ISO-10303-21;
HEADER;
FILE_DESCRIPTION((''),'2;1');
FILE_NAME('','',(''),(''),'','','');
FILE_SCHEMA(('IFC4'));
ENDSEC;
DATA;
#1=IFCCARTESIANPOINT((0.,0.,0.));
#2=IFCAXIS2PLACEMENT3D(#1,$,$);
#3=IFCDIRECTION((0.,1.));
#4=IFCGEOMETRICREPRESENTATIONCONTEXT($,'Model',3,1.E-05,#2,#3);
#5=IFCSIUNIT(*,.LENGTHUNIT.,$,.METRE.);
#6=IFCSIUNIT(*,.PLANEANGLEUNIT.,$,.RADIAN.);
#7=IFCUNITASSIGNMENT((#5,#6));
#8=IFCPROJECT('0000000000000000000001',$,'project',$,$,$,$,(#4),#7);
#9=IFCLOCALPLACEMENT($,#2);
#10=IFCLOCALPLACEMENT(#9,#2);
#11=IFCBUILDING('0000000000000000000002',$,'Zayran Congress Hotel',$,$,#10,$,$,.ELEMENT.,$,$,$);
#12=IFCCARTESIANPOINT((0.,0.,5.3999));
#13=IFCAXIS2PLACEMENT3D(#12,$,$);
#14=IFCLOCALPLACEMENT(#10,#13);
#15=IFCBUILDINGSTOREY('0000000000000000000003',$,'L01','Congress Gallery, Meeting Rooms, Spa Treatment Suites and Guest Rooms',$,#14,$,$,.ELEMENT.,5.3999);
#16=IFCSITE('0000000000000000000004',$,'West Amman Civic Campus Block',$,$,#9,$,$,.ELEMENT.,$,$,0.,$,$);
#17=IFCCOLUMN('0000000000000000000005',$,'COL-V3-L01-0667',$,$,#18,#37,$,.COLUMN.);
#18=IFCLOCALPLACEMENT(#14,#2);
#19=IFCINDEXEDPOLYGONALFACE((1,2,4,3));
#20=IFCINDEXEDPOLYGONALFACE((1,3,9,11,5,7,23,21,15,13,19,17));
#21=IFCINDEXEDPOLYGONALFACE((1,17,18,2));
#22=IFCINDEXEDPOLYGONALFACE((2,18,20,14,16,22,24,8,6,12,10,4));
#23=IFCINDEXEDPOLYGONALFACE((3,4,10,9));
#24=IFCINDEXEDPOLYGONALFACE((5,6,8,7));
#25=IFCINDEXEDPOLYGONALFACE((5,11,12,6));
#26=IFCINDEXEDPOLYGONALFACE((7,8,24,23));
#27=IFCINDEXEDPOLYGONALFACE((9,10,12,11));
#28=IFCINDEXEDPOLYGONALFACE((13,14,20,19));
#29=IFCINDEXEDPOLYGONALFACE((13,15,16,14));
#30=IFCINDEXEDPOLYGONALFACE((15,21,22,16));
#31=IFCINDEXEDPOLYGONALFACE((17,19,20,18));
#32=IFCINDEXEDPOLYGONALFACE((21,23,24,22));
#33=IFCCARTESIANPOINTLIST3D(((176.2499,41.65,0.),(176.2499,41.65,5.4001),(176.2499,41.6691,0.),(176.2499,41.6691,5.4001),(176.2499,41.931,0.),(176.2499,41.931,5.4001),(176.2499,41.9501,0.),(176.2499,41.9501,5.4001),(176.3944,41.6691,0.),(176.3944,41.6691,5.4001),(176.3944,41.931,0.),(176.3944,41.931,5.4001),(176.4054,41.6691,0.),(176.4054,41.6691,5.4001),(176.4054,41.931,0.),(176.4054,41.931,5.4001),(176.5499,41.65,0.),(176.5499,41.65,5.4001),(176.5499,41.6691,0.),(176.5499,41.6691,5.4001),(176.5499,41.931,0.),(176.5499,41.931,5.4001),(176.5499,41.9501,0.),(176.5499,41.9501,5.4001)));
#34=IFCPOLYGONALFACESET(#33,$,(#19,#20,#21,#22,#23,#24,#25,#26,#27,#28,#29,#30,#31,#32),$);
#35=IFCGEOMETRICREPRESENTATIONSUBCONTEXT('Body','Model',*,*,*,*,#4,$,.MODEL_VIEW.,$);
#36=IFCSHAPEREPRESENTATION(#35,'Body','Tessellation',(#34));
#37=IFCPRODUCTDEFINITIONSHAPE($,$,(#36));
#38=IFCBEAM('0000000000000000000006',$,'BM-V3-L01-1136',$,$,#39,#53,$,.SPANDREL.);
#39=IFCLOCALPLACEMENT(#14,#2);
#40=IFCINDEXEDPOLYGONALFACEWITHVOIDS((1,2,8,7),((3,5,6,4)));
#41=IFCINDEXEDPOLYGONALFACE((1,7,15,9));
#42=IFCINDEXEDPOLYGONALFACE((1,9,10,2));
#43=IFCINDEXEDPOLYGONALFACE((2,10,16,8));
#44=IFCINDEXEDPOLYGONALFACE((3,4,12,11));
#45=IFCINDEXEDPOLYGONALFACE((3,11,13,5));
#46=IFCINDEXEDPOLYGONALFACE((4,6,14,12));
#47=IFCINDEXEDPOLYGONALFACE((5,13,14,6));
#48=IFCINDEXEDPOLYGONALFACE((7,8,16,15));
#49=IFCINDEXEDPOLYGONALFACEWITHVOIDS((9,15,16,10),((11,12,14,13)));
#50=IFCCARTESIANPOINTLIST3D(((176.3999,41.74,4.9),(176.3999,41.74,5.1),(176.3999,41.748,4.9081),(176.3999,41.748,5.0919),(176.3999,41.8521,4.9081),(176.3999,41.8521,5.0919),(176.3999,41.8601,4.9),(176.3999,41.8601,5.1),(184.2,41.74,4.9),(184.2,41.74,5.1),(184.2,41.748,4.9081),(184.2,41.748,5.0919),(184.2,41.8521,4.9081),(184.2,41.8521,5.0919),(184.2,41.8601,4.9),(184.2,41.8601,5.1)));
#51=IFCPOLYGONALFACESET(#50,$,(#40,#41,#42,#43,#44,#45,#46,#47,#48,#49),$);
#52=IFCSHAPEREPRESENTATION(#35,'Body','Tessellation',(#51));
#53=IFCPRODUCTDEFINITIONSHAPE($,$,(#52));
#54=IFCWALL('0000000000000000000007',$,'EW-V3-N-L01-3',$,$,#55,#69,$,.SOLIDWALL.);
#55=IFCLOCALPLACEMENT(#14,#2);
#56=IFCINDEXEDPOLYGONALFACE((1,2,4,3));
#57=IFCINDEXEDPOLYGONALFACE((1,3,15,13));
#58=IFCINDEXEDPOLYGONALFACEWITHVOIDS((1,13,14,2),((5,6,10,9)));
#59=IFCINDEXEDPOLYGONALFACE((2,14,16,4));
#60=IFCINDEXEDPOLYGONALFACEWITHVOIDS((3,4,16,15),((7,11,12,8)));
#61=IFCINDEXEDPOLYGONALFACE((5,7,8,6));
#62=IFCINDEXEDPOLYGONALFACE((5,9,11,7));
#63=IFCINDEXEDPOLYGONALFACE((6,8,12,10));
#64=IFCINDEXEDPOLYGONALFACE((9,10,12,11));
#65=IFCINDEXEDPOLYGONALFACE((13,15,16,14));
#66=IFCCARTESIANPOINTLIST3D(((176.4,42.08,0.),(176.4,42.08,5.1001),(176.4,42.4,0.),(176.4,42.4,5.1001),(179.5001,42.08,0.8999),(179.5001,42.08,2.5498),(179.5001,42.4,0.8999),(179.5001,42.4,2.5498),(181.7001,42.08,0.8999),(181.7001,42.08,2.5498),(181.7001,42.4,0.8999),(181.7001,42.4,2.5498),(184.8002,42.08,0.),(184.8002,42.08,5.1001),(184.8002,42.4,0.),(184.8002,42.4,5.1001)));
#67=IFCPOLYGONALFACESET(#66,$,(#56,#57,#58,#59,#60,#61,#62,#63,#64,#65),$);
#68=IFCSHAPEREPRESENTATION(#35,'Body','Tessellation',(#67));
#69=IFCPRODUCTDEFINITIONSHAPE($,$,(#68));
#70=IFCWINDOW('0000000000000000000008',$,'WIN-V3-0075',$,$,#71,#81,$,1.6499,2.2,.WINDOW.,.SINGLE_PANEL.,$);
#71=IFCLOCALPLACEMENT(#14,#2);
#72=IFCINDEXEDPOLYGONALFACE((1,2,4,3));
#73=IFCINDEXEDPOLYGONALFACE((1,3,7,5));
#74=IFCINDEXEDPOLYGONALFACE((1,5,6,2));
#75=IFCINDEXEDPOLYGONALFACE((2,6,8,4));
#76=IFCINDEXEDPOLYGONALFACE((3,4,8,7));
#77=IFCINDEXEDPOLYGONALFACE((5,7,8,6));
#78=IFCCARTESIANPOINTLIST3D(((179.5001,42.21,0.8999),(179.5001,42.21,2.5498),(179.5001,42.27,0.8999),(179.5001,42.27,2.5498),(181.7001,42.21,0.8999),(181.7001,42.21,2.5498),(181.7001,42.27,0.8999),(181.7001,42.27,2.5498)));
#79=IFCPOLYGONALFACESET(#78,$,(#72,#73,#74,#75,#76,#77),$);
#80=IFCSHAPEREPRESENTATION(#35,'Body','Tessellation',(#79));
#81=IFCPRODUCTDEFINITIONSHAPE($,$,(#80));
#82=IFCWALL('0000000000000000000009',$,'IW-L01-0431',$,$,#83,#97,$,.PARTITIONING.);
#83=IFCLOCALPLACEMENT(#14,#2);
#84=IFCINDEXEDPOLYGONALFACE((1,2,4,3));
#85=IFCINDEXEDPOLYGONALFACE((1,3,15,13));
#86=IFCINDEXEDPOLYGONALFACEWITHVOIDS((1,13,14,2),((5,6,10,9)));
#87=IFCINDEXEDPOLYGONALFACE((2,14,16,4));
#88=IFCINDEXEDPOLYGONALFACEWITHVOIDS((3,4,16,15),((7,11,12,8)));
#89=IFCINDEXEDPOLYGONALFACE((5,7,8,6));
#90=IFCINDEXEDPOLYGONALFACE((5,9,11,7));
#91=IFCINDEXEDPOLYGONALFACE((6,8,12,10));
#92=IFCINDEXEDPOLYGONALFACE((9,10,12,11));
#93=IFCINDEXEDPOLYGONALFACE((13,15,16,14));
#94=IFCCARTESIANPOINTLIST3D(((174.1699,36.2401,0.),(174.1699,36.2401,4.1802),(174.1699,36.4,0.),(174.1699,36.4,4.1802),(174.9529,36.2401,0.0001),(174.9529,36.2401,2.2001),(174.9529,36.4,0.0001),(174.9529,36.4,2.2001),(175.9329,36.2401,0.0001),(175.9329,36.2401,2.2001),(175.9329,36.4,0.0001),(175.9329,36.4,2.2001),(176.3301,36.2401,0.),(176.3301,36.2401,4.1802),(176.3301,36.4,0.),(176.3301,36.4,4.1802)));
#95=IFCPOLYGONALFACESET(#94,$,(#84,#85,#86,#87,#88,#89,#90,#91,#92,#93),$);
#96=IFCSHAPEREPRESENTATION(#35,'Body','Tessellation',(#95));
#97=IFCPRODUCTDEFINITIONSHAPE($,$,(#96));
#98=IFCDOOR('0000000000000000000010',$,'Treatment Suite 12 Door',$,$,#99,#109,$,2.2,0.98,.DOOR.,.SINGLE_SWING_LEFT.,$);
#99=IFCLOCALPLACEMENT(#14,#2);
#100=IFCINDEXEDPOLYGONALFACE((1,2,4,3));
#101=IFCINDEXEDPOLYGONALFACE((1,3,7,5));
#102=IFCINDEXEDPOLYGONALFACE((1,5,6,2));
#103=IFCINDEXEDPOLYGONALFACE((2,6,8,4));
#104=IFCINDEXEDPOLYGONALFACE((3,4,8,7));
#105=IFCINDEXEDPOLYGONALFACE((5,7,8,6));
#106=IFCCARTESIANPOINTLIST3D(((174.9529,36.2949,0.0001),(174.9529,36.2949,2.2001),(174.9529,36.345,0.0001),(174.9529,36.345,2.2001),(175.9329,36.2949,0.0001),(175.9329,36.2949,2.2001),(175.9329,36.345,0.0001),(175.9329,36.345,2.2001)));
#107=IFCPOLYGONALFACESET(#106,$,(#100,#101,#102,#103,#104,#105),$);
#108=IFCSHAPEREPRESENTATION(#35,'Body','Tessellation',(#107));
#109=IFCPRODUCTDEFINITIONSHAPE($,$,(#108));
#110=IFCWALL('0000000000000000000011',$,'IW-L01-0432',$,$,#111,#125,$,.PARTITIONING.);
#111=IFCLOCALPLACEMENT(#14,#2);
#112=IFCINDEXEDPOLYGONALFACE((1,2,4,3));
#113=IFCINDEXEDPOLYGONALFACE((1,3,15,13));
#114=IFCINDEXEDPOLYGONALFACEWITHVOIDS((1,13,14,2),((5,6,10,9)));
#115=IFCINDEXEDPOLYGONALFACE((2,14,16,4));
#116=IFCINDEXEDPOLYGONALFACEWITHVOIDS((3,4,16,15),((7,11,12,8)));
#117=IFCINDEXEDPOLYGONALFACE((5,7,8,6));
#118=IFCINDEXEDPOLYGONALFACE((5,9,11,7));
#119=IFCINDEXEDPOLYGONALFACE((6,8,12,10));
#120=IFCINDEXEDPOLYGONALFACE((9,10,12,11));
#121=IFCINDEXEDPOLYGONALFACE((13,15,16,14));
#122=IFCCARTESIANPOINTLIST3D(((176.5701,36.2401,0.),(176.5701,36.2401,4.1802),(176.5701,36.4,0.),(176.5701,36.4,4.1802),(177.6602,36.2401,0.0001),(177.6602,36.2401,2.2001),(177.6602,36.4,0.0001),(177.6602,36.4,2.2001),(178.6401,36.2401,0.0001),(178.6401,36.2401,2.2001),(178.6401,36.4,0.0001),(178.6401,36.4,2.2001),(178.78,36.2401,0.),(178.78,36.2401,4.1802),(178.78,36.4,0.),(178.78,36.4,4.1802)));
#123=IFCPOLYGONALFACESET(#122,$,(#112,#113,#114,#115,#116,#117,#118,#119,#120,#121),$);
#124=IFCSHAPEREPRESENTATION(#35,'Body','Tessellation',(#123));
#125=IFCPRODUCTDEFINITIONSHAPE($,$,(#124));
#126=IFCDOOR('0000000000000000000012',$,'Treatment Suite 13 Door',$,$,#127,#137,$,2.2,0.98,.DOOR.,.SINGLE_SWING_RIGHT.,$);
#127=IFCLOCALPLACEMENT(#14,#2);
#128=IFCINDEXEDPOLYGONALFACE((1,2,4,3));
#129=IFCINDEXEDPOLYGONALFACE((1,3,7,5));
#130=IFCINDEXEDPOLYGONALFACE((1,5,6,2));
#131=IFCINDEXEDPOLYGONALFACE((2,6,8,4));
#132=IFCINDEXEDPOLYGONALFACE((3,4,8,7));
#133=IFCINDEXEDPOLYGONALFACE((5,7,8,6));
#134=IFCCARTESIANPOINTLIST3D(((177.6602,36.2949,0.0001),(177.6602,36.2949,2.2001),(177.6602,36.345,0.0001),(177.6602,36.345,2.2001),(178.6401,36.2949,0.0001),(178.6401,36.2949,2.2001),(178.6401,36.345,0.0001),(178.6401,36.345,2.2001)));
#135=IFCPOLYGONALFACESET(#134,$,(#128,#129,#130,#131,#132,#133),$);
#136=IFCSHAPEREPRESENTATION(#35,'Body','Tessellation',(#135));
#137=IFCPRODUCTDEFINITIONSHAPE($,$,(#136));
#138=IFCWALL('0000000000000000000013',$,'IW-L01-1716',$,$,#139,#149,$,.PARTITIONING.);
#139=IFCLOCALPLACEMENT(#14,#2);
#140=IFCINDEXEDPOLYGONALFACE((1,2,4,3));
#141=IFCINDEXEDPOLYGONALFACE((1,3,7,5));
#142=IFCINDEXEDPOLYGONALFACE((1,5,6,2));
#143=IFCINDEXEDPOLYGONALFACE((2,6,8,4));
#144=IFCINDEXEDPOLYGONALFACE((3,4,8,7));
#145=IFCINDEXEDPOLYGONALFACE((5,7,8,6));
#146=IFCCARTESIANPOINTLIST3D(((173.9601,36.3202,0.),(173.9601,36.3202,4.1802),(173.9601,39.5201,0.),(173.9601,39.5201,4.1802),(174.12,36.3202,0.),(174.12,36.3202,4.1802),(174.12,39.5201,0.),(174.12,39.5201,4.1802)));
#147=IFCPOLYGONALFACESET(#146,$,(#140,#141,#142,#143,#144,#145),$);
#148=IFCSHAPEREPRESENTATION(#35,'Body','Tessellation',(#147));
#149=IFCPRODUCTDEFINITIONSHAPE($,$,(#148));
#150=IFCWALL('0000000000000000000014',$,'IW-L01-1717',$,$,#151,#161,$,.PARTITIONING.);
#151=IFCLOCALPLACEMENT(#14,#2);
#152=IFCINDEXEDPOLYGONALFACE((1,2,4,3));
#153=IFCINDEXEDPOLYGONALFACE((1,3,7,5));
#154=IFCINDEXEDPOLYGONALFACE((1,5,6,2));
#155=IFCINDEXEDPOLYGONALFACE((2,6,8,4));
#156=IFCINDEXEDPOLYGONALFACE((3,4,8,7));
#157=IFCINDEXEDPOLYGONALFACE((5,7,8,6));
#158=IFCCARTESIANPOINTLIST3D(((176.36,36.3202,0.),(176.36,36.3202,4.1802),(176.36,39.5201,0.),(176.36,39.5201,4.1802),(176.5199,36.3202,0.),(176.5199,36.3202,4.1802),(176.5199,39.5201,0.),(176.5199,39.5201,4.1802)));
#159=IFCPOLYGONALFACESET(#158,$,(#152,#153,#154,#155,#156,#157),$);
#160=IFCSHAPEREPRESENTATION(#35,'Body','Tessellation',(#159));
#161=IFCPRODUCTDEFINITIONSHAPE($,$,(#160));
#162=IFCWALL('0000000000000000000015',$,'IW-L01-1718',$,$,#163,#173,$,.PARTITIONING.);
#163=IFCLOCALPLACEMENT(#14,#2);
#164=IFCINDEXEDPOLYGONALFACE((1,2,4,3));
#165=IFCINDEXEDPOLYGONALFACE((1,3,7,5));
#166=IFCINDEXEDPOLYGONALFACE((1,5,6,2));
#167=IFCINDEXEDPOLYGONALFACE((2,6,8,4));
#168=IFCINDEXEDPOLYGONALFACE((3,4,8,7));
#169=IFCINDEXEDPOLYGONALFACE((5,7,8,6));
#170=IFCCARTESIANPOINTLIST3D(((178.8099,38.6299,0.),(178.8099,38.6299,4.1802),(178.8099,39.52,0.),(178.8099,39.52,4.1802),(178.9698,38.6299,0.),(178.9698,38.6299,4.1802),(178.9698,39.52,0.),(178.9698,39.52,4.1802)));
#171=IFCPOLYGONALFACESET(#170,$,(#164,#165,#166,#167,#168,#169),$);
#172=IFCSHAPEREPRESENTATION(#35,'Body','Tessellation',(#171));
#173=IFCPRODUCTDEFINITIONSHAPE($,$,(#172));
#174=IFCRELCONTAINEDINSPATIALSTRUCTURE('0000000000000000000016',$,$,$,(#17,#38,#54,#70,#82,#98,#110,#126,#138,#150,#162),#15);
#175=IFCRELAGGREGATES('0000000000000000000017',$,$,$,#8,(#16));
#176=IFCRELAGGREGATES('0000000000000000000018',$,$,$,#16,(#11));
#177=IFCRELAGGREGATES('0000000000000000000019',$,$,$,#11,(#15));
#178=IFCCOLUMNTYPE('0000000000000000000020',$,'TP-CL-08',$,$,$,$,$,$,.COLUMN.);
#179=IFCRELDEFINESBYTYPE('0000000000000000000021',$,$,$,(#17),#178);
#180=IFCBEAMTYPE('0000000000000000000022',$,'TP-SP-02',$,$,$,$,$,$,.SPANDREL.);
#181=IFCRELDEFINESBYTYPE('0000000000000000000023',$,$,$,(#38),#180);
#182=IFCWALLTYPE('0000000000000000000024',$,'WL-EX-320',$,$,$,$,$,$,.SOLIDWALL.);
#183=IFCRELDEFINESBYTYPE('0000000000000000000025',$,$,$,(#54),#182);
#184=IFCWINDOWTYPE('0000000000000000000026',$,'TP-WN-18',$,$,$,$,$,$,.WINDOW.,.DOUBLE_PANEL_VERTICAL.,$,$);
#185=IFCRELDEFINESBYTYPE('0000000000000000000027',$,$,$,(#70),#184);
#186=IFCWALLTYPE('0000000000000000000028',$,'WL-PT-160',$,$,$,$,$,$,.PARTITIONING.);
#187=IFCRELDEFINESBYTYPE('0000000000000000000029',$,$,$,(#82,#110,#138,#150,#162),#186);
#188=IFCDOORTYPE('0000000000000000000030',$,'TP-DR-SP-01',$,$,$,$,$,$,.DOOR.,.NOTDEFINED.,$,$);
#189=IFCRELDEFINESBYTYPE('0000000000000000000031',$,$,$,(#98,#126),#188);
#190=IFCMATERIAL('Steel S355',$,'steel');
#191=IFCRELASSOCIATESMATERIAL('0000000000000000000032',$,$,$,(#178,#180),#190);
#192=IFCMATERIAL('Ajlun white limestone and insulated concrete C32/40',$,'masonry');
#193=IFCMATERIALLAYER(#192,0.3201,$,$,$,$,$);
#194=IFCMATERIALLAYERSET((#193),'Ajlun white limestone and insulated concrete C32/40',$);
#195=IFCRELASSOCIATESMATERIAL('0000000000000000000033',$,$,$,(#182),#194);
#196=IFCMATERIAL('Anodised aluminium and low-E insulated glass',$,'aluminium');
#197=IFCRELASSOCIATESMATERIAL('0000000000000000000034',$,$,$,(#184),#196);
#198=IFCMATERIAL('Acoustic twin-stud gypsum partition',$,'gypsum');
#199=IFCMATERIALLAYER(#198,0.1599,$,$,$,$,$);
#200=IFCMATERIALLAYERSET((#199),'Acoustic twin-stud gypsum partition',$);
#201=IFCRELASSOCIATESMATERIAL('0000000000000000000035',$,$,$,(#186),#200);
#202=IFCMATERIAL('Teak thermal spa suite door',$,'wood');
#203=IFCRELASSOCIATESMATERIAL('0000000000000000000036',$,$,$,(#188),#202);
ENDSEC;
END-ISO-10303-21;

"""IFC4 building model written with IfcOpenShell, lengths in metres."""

from ifc_helpers import new_model, si_unit, direction, frame, frame_2d, origin, origin_2d, place, context, subcontext, project, spatial, rectangle, hollow_rectangle, i_section, extrude, material, layer, layer_set, material_profile, profile_set, type_object, element, fill, save


model = new_model("IFC4")

# Units and contexts
model_context = context("Model", 3, precision=1e-05, world=origin(), true_north=direction((0.0, 1.0)))
body_context = subcontext(model_context, "Body", "Model", "MODEL_VIEW")
ifc_project = project(units=[si_unit("LENGTHUNIT", "METRE"), si_unit("PLANEANGLEUNIT", "RADIAN")], contexts=[model_context])

# Site, building, storey
site_placement = place(None, origin())
site = spatial("IfcSite", under=ifc_project, at=site_placement, Name="West Amman Civic Campus Block", CompositionType="ELEMENT", RefElevation=0.0)
building_placement = place(site_placement, origin())
building = spatial("IfcBuilding", under=site, at=building_placement, Name="Zayran Congress Hotel", CompositionType="ELEMENT")
storey_placement = place(building_placement, frame((0.0, 0.0, 5.3999)))
storey = spatial("IfcBuildingStorey", under=building, at=storey_placement, Name="L01", Description="Congress Gallery, Meeting Rooms, Spa Treatment Suites and Guest Rooms", CompositionType="ELEMENT", Elevation=5.3999)

# Column
ifc_material_1 = material(Name="Steel S355", Category="steel")
ifc_material_profile_1 = material_profile(ifc_material_1, i_section(OverallWidth=0.3, OverallDepth=0.3, WebThickness=0.011, FlangeThickness=0.019, at=origin_2d()), Name="HEB 300")
ifc_profile_set_1 = profile_set([ifc_material_profile_1], Name="Steel S355")
column_type = type_object("IfcColumnType", Name="TP-CL-08", PredefinedType="COLUMN", material=ifc_profile_set_1)
column_placement = place(storey_placement, frame((176.3999, 41.8, 0.0), z_axis=(0.0, 0.0, 1.0), x_axis=(1.0, 0.0, 0.0)))
element("IfcColumn", 1, at=column_placement, inside=storey, type_object=column_type, Name="COL-V3-L01-0667", PredefinedType="COLUMN", context=body_context, shape_type="SweptSolid", body=[
    extrude(i_section(OverallWidth=0.3, OverallDepth=0.3, WebThickness=0.011, FlangeThickness=0.019, at=origin_2d()), origin(), (0.0, 0.0, 1.0), 5.4001),
])

# Beam
ifc_material_profile_2 = material_profile(ifc_material_1, hollow_rectangle(XDim=0.1201, YDim=0.2, WallThickness=0.0081, at=origin_2d()), Name="RHS 200x120x8")
ifc_profile_set_2 = profile_set([ifc_material_profile_2], Name="Steel S355")
beam_type = type_object("IfcBeamType", Name="TP-SP-02", PredefinedType="SPANDREL", material=ifc_profile_set_2)
beam_placement = place(storey_placement, frame((176.3999, 41.8, 5.0), z_axis=(1.0, 0.0, 0.0), x_axis=(0.0, 1.0, 0.0)))
element("IfcBeam", 2, at=beam_placement, inside=storey, type_object=beam_type, Name="BM-V3-L01-1136", PredefinedType="SPANDREL", context=body_context, shape_type="SweptSolid", body=[
    extrude(hollow_rectangle(XDim=0.1201, YDim=0.2, WallThickness=0.0081, at=origin_2d()), origin(), (0.0, 0.0, 1.0), 7.8),
])

# Wall, opening, window
ifc_material_2 = material(Name="Ajlun white limestone and insulated concrete C32/40", Category="masonry")
ifc_layer_1 = layer(ifc_material_2, 0.3201)
ifc_layer_set_1 = layer_set([ifc_layer_1], Name="Ajlun white limestone and insulated concrete C32/40")
wall_type_1 = type_object("IfcWallType", Name="WL-EX-320", PredefinedType="SOLIDWALL", material=ifc_layer_set_1)
wall_1_placement = place(storey_placement, frame((176.3999, 42.24, 0.0), z_axis=(0.0, 0.0, 1.0), x_axis=(1.0, 0.0, 0.0)))
wall_1 = element("IfcWall", 3, at=wall_1_placement, inside=storey, type_object=wall_type_1, Name="EW-V3-N-L01-3", PredefinedType="SOLIDWALL", context=body_context, shape_type="SweptSolid", body=[
    extrude(rectangle(XDim=8.4001, YDim=0.3201, at=frame_2d((4.2002, 0.0))), origin(), (0.0, 0.0, 1.0), 5.1001),
])
opening_1_placement = place(wall_1_placement, frame((3.1001, 0.0, 0.8999)))
opening_1 = element("IfcOpeningElement", 4, at=opening_1_placement, cuts=wall_1, PredefinedType="OPENING", context=body_context, shape_type="SweptSolid", body=[
    extrude(rectangle(XDim=2.2, YDim=1.6499, at=frame_2d((1.1001, 0.825))), frame((0.0, 0.1699, 0.0), z_axis=(0.0, -1.0, 0.0), x_axis=(1.0, 0.0, 0.0)), (0.0, 0.0, 1.0), 0.3401),
])
ifc_material_3 = material(Name="Anodised aluminium and low-E insulated glass", Category="aluminium")
window_type = type_object("IfcWindowType", Name="TP-WN-18", PartitioningType="DOUBLE_PANEL_VERTICAL", PredefinedType="WINDOW", material=ifc_material_3)
window_placement = place(opening_1_placement, origin())
window = element("IfcWindow", 5, at=window_placement, inside=storey, type_object=window_type, Name="WIN-V3-0075", OverallHeight=1.6499, OverallWidth=2.2, PartitioningType="SINGLE_PANEL", PredefinedType="WINDOW", context=body_context, shape_type="SweptSolid", body=[
    extrude(rectangle(XDim=2.2, YDim=1.6499, at=frame_2d((1.1001, 0.825))), frame((0.0, 0.03, 0.0), z_axis=(0.0, -1.0, 0.0), x_axis=(1.0, 0.0, 0.0)), (0.0, 0.0, 1.0), 0.0601),
])
fill(opening_1, window)

# Walls, openings, doors
ifc_material_4 = material(Name="Acoustic twin-stud gypsum partition", Category="gypsum")
ifc_layer_2 = layer(ifc_material_4, 0.1599)
ifc_layer_set_2 = layer_set([ifc_layer_2], Name="Acoustic twin-stud gypsum partition")
wall_type_2 = type_object("IfcWallType", Name="WL-PT-160", PredefinedType="PARTITIONING", material=ifc_layer_set_2)
wall_2_placement = place(storey_placement, frame((174.1699, 36.3201, 0.0), z_axis=(0.0, 0.0, 1.0), x_axis=(1.0, 0.0, 0.0)))
wall_2 = element("IfcWall", 6, at=wall_2_placement, inside=storey, type_object=wall_type_2, Name="IW-L01-0431", PredefinedType="PARTITIONING", context=body_context, shape_type="SweptSolid", body=[
    extrude(rectangle(XDim=2.1602, YDim=0.1599, at=frame_2d((1.0801, 0.0))), origin(), (0.0, 0.0, 1.0), 4.1802),
])
opening_2_placement = place(wall_2_placement, frame((0.783, 0.0, 0.0)))
opening_2 = element("IfcOpeningElement", 7, at=opening_2_placement, cuts=wall_2, PredefinedType="OPENING", context=body_context, shape_type="SweptSolid", body=[
    extrude(rectangle(XDim=0.98, YDim=2.2, at=frame_2d((0.49, 1.1001))), frame((0.0, 0.0898, 0.0), z_axis=(0.0, -1.0, 0.0), x_axis=(1.0, 0.0, 0.0)), (0.0, 0.0, 1.0), 0.1799),
])
ifc_material_5 = material(Name="Teak thermal spa suite door", Category="wood")
door_type_1 = type_object("IfcDoorType", Name="TP-DR-SP-01", OperationType="NOTDEFINED", PredefinedType="DOOR", material=ifc_material_5)
door_1_placement = place(opening_2_placement, origin())
door_1 = element("IfcDoor", 8, at=door_1_placement, inside=storey, type_object=door_type_1, Name="Treatment Suite 12 Door", OperationType="SINGLE_SWING_LEFT", OverallHeight=2.2, OverallWidth=0.98, PredefinedType="DOOR", context=body_context, shape_type="SweptSolid", body=[
    extrude(rectangle(XDim=0.98, YDim=2.2, at=frame_2d((0.49, 1.1001))), frame((0.0, 0.0249, 0.0), z_axis=(0.0, -1.0, 0.0), x_axis=(1.0, 0.0, 0.0)), (0.0, 0.0, 1.0), 0.05),
])
fill(opening_2, door_1)
wall_3_placement = place(storey_placement, frame((176.5701, 36.3201, 0.0), z_axis=(0.0, 0.0, 1.0), x_axis=(1.0, 0.0, 0.0)))
wall_3 = element("IfcWall", 9, at=wall_3_placement, inside=storey, type_object=wall_type_2, Name="IW-L01-0432", PredefinedType="PARTITIONING", context=body_context, shape_type="SweptSolid", body=[
    extrude(rectangle(XDim=2.21, YDim=0.1599, at=frame_2d((1.105, 0.0))), origin(), (0.0, 0.0, 1.0), 4.1802),
])
opening_3_placement = place(wall_3_placement, frame((1.0901, 0.0, 0.0)))
opening_3 = element("IfcOpeningElement", 10, at=opening_3_placement, cuts=wall_3, PredefinedType="OPENING", context=body_context, shape_type="SweptSolid", body=[
    extrude(rectangle(XDim=0.98, YDim=2.2, at=frame_2d((0.49, 1.1001))), frame((0.0, 0.0898, 0.0), z_axis=(0.0, -1.0, 0.0), x_axis=(1.0, 0.0, 0.0)), (0.0, 0.0, 1.0), 0.1799),
])
door_2_placement = place(opening_3_placement, origin())
door_2 = element("IfcDoor", 11, at=door_2_placement, inside=storey, type_object=door_type_1, Name="Treatment Suite 13 Door", OperationType="SINGLE_SWING_RIGHT", OverallHeight=2.2, OverallWidth=0.98, PredefinedType="DOOR", context=body_context, shape_type="SweptSolid", body=[
    extrude(rectangle(XDim=0.98, YDim=2.2, at=frame_2d((0.49, 1.1001))), frame((0.0, 0.0249, 0.0), z_axis=(0.0, -1.0, 0.0), x_axis=(1.0, 0.0, 0.0)), (0.0, 0.0, 1.0), 0.05),
])
fill(opening_3, door_2)

# Walls
for number, where, z_axis, x_axis, name in (
    (12, (174.04, 36.3201, 0.0), (0.0, 0.0, 1.0), (0.0, 1.0, 0.0), "IW-L01-1716"),
    (13, (176.4399, 36.3201, 0.0), (0.0, 0.0, 1.0), (0.0, 1.0, 0.0), "IW-L01-1717"),
):
    element("IfcWall", number, at=place(storey_placement, frame(where, z_axis=z_axis, x_axis=x_axis)), inside=storey, type_object=wall_type_2, Name=name, PredefinedType="PARTITIONING", context=body_context, shape_type="SweptSolid", body=[
        extrude(rectangle(XDim=3.2, YDim=0.1599, at=frame_2d((1.6001, 0.0))), origin(), (0.0, 0.0, 1.0), 4.1802),
    ])
wall_4_placement = place(storey_placement, frame((178.8899, 38.6299, 0.0), z_axis=(0.0, 0.0, 1.0), x_axis=(0.0, 1.0, 0.0)))
element("IfcWall", 14, at=wall_4_placement, inside=storey, type_object=wall_type_2, Name="IW-L01-1718", PredefinedType="PARTITIONING", context=body_context, shape_type="SweptSolid", body=[
    extrude(rectangle(XDim=0.8901, YDim=0.1599, at=frame_2d((0.4451, 0.0))), origin(), (0.0, 0.0, 1.0), 4.1802),
])

save(model, "model.ifc")
